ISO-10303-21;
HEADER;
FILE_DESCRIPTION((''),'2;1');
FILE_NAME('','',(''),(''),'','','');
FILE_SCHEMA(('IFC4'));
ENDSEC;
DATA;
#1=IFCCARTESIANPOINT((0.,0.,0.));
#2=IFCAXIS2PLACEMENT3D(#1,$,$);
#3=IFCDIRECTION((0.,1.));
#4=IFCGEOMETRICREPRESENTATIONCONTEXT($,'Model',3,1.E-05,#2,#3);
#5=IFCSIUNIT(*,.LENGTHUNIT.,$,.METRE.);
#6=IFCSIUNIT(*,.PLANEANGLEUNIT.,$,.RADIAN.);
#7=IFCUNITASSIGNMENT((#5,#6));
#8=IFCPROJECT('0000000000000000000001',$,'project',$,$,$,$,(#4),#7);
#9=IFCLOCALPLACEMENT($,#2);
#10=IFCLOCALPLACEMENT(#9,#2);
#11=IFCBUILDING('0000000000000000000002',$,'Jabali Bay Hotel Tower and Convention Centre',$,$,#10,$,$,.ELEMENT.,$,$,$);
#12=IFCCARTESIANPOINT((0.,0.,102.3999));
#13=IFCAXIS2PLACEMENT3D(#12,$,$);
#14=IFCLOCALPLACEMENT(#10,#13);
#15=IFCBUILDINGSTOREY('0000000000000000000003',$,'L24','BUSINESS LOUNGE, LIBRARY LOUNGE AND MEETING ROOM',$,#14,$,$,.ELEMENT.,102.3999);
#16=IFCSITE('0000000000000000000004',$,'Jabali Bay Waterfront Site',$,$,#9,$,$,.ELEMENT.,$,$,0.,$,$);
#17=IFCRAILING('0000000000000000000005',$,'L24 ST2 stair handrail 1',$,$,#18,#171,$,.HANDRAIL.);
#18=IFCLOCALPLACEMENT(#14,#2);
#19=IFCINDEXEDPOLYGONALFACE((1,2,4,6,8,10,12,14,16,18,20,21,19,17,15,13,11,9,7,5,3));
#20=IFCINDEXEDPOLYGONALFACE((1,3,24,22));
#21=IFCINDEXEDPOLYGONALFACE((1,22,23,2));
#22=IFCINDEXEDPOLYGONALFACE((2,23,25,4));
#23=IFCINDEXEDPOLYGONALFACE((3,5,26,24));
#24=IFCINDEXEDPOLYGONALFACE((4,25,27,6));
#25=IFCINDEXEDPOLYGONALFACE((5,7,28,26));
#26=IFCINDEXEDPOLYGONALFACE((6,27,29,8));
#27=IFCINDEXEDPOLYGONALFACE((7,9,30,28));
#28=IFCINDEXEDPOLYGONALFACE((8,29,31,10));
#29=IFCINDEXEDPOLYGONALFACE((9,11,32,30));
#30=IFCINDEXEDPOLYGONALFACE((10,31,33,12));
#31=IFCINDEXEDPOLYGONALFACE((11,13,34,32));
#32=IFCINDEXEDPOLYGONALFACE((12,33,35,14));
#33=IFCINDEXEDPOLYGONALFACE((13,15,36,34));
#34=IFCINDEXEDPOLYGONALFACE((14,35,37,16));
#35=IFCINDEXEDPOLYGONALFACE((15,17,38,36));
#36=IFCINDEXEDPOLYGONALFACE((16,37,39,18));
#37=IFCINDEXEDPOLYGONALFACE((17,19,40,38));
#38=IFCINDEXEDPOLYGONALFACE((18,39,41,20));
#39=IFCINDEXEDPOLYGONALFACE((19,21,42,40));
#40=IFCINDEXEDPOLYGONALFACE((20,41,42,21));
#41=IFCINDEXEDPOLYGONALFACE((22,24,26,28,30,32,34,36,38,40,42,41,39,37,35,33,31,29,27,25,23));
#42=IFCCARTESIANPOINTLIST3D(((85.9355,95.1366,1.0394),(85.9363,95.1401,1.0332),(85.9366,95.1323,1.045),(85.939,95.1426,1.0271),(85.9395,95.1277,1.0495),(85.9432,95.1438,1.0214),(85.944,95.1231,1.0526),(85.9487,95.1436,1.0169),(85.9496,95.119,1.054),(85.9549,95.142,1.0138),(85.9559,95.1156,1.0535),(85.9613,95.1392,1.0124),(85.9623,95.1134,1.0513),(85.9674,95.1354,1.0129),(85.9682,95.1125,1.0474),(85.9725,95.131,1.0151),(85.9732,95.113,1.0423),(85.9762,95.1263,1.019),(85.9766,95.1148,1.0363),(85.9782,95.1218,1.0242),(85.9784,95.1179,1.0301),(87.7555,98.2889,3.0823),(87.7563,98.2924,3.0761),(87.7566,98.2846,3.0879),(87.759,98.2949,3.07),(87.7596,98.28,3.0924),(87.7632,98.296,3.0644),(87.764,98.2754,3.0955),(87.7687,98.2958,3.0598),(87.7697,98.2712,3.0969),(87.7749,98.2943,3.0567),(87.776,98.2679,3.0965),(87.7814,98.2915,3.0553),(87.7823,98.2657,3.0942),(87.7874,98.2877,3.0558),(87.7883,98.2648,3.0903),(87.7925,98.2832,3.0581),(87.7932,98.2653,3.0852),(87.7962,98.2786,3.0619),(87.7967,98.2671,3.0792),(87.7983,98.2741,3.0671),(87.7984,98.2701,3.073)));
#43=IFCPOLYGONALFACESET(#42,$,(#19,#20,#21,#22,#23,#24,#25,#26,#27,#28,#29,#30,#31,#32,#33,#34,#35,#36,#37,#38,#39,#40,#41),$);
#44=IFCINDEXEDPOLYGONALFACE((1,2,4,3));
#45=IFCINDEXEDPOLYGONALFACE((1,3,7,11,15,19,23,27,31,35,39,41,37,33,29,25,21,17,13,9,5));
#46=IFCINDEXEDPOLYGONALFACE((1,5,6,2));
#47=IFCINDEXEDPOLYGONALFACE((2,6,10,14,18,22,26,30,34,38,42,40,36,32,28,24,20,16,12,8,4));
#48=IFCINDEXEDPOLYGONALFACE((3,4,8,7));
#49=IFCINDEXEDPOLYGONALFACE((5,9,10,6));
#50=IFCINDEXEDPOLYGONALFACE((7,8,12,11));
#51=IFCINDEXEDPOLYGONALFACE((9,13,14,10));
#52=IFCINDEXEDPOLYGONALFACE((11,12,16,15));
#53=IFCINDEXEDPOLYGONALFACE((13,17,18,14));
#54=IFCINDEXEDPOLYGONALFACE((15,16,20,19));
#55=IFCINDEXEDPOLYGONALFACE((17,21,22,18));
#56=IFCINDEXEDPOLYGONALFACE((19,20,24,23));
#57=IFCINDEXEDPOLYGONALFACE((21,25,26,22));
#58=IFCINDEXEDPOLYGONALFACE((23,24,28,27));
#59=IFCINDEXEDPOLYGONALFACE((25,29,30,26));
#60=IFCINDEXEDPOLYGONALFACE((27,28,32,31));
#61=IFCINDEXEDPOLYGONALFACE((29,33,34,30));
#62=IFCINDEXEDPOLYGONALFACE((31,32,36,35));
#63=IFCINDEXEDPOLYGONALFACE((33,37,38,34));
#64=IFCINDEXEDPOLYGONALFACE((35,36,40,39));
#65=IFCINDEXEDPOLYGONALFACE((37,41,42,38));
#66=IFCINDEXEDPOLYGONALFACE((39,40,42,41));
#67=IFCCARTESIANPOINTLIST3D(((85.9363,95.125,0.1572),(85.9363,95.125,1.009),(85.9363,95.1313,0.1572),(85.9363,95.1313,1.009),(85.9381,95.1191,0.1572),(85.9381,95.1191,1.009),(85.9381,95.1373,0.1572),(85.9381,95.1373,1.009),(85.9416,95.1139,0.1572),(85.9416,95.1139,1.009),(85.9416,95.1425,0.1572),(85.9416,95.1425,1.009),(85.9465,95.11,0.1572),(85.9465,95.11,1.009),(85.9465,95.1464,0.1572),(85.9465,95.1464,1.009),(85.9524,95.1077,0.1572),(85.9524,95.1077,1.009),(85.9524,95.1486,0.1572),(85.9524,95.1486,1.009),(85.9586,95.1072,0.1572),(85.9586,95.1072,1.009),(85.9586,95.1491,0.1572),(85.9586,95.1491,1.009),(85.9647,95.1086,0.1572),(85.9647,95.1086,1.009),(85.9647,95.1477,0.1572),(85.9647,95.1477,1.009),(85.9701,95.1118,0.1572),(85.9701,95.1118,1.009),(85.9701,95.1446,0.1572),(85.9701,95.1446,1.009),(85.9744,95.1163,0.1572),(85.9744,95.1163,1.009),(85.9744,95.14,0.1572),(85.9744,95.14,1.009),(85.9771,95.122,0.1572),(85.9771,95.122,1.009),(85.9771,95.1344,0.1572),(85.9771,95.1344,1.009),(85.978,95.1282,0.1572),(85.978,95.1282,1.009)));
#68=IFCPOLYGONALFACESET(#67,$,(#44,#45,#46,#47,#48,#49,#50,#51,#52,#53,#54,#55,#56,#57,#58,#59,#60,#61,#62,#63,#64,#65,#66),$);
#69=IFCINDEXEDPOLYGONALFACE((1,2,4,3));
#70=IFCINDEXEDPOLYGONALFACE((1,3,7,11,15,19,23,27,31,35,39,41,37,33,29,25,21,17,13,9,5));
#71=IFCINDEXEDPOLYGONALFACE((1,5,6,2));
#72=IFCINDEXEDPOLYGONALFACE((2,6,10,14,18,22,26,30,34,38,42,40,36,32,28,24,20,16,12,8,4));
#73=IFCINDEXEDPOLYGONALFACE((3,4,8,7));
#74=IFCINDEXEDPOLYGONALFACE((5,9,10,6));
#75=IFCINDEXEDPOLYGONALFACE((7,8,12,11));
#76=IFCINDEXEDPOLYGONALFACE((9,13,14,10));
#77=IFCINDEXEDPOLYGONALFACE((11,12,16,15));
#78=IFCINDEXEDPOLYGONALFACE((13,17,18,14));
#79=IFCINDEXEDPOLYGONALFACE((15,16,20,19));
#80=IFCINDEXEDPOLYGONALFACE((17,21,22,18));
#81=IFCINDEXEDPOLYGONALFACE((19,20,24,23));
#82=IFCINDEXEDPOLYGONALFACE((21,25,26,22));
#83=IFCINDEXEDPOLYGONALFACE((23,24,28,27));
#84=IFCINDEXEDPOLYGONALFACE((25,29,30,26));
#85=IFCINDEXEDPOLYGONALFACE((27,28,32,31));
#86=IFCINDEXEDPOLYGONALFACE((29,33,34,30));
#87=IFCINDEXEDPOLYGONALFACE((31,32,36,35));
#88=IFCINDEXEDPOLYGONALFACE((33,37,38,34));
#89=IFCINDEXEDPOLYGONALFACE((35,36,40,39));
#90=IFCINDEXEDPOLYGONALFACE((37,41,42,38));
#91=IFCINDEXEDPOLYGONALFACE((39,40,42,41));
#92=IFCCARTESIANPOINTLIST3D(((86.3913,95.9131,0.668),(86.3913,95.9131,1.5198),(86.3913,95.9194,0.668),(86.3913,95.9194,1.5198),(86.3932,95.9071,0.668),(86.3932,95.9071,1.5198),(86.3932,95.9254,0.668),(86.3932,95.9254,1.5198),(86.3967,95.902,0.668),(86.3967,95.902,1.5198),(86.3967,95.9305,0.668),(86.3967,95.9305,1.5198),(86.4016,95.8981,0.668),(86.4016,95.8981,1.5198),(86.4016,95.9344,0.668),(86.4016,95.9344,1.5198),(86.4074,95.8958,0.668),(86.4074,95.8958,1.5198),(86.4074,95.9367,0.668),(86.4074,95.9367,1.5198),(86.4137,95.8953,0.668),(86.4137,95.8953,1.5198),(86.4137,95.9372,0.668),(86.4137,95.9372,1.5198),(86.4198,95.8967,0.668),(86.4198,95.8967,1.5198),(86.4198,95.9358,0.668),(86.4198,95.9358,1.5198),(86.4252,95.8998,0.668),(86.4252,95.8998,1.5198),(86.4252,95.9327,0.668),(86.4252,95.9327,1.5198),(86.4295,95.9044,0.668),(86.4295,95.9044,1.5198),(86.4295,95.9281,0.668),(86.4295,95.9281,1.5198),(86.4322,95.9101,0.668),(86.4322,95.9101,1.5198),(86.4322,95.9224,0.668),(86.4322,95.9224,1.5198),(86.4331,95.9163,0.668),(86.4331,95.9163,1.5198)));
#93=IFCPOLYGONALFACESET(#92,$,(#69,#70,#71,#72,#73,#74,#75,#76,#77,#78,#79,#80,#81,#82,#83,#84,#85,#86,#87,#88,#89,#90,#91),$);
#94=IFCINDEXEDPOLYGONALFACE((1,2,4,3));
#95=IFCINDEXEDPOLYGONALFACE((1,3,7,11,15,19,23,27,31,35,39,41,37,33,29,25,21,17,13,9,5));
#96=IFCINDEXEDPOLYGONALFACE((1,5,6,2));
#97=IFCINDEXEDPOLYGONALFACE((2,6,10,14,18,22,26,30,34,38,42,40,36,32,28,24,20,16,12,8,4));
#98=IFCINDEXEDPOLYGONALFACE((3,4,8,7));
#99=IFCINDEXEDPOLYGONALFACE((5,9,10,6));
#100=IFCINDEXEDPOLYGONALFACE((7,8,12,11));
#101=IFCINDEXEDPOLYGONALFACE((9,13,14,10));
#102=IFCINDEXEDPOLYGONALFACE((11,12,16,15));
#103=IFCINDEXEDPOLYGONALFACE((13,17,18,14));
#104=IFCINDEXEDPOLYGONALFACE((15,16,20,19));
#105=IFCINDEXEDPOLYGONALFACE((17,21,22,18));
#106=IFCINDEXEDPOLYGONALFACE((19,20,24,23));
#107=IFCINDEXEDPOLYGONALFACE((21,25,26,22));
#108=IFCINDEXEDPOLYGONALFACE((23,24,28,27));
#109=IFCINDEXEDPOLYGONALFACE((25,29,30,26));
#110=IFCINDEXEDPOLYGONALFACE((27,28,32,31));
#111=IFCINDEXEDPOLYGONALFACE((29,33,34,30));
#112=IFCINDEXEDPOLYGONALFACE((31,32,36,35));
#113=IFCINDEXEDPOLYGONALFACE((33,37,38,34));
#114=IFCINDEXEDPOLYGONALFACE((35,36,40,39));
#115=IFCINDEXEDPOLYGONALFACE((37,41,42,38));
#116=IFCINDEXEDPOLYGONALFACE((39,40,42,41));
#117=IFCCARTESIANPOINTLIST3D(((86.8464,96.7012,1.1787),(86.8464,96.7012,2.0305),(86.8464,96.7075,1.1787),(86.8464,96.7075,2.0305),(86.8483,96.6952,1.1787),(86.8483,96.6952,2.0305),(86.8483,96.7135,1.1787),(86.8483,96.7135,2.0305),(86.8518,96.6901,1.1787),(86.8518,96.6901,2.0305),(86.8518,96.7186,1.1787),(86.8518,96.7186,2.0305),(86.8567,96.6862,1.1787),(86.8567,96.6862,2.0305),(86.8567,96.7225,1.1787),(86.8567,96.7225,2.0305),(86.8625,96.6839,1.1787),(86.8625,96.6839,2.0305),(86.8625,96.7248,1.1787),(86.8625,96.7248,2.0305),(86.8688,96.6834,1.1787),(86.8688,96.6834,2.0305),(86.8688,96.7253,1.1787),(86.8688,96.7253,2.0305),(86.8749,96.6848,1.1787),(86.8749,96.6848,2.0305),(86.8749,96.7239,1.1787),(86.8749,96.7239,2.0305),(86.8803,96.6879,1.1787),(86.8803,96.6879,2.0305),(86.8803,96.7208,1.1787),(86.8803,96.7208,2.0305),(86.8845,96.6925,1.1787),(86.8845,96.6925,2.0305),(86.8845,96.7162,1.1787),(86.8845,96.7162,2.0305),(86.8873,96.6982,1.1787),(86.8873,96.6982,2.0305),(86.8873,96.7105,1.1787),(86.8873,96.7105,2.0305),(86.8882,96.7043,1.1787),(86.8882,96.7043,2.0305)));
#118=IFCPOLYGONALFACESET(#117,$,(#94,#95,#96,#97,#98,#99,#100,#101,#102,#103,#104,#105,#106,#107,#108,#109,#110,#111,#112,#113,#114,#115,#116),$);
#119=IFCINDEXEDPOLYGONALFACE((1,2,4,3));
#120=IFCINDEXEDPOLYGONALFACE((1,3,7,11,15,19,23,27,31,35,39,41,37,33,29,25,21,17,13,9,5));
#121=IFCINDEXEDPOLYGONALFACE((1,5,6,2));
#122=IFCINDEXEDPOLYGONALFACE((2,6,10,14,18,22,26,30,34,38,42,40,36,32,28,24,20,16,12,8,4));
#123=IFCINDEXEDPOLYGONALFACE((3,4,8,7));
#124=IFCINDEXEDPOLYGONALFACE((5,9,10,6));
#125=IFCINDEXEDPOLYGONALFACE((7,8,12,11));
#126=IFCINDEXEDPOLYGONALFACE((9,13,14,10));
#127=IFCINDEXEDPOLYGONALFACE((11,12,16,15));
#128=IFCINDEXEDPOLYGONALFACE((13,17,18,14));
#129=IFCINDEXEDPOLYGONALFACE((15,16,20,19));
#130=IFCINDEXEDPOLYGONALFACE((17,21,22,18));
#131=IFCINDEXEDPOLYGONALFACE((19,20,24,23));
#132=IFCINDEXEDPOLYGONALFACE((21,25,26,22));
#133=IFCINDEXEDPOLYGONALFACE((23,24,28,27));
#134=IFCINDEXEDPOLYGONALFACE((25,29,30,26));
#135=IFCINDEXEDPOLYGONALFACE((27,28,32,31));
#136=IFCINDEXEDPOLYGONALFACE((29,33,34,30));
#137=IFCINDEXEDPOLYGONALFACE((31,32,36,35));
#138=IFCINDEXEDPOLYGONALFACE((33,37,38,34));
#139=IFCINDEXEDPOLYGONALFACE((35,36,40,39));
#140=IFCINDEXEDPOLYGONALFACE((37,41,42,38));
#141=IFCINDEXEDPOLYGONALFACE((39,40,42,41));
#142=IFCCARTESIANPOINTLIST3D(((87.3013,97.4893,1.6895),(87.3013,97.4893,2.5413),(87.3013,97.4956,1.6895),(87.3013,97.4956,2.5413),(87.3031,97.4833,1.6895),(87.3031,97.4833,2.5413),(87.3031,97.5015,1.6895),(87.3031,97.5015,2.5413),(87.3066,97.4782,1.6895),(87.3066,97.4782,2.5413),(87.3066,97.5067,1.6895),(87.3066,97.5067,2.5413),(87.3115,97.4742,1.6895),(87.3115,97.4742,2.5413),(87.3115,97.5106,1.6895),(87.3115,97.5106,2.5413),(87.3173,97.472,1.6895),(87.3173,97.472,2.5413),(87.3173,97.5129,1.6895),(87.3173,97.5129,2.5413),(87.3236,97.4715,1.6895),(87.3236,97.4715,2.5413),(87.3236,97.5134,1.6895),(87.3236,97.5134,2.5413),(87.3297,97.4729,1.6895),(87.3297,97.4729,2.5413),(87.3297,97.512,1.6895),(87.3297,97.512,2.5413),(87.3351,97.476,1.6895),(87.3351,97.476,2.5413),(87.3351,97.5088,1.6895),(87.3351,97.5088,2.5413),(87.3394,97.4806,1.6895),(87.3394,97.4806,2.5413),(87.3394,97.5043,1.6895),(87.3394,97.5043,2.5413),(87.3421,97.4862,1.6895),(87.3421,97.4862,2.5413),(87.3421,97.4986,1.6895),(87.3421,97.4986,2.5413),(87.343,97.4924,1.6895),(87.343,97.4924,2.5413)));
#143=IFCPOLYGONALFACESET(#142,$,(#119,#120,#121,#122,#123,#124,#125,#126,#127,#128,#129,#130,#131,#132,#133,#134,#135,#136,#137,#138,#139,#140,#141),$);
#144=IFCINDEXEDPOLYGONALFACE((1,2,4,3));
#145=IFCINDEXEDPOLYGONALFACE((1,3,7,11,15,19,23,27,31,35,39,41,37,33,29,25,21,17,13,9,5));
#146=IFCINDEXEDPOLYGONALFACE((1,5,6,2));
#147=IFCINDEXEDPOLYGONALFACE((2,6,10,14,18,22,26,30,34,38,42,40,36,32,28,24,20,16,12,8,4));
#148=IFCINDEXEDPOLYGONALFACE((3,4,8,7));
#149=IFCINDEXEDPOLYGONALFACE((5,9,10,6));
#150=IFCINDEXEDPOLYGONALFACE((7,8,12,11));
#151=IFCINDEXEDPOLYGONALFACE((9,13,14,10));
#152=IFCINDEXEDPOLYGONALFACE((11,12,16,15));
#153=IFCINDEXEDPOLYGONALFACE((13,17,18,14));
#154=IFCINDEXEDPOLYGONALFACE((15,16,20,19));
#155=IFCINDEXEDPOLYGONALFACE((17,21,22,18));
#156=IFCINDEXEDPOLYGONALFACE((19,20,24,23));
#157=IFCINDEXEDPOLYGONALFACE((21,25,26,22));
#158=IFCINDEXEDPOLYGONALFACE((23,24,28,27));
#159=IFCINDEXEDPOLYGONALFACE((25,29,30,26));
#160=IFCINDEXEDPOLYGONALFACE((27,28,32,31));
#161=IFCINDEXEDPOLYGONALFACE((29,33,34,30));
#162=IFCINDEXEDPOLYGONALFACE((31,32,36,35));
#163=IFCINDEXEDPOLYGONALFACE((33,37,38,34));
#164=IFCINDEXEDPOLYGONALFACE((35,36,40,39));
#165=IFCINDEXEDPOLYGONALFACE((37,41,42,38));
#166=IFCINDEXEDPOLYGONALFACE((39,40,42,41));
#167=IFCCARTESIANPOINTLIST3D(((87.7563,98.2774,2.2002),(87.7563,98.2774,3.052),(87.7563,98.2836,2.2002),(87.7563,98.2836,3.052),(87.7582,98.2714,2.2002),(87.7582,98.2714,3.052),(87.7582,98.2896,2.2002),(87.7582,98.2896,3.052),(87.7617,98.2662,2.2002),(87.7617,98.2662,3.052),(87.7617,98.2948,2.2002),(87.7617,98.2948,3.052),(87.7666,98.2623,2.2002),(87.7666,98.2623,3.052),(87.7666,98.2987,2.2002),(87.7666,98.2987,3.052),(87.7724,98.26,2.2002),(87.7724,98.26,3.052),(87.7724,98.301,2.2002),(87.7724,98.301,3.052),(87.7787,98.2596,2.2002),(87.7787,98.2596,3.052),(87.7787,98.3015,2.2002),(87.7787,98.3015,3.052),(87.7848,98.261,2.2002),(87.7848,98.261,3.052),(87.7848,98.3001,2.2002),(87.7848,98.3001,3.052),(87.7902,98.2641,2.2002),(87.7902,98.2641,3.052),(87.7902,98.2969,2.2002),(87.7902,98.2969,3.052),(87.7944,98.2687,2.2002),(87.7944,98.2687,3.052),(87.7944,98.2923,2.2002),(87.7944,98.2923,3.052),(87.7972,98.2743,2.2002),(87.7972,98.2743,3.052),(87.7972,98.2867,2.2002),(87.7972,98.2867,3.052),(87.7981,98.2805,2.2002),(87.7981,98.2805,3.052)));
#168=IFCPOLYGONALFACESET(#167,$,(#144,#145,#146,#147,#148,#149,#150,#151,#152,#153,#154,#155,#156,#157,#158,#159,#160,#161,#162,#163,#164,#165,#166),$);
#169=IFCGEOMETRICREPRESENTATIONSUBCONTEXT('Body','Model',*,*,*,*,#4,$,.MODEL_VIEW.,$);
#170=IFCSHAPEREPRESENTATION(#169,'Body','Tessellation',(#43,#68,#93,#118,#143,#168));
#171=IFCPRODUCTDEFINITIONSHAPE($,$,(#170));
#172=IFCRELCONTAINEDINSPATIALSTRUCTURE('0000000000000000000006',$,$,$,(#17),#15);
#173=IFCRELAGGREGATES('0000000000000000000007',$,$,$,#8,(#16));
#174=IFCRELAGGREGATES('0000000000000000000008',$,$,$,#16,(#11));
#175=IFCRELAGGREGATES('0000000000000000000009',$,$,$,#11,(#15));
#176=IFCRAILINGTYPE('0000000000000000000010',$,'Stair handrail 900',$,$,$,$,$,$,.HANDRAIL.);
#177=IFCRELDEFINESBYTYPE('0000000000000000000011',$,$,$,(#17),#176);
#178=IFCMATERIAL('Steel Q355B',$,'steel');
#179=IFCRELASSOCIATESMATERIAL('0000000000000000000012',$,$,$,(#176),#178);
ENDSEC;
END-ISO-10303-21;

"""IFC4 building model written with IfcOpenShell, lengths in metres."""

from ifc_helpers import new_model, si_unit, direction, frame, origin, origin_2d, place, context, subcontext, project, spatial, circle, extrude, material, type_object, element, save


model = new_model("IFC4")

# Units and contexts
model_context = context("Model", 3, precision=1e-05, world=origin(), true_north=direction((0.0, 1.0)))
body_context = subcontext(model_context, "Body", "Model", "MODEL_VIEW")
ifc_project = project(units=[si_unit("LENGTHUNIT", "METRE"), si_unit("PLANEANGLEUNIT", "RADIAN")], contexts=[model_context])

# Site, building, storey
site_placement = place(None, origin())
site = spatial("IfcSite", under=ifc_project, at=site_placement, Name="Jabali Bay Waterfront Site", CompositionType="ELEMENT", RefElevation=0.0)
building_placement = place(site_placement, origin())
building = spatial("IfcBuilding", under=site, at=building_placement, Name="Jabali Bay Hotel Tower and Convention Centre", CompositionType="ELEMENT")
storey_placement = place(building_placement, frame((0.0, 0.0, 102.3999)))
storey = spatial("IfcBuildingStorey", under=building, at=storey_placement, Name="L24", Description="BUSINESS LOUNGE, LIBRARY LOUNGE AND MEETING ROOM", CompositionType="ELEMENT", Elevation=102.3999)

# Railing
ifc_material_1 = material(Name="Steel Q355B", Category="steel")
railing_type_1 = type_object("IfcRailingType", Name="Stair handrail 900", PredefinedType="HANDRAIL", material=ifc_material_1)
railing_1_placement = place(storey_placement, frame((85.957, 95.1282, 0.1572)))
element("IfcRailing", 1, at=railing_1_placement, inside=storey, type_object=railing_type_1, Name="L24 ST2 stair handrail 1", PredefinedType="HANDRAIL", context=body_context, shape_type="SweptSolid", body=[
    extrude(circle(Radius=0.0239, at=origin_2d()), frame((0.0, 0.0, 0.876), z_axis=(0.436032, 0.755204, 0.489432), x_axis=(-0.866018, 0.500013, 0.0)), (0.0, 0.0, 1.0), 4.1741),
    extrude(circle(Radius=0.021, at=origin_2d()), origin(), (0.0, 0.0, 1.0), 0.8518),
    extrude(circle(Radius=0.021, at=origin_2d()), frame((0.4551, 0.7881, 0.5107)), (0.0, 0.0, 1.0), 0.8518),
    extrude(circle(Radius=0.021, at=origin_2d()), frame((0.9102, 1.5762, 1.0215)), (0.0, 0.0, 1.0), 0.8518),
    extrude(circle(Radius=0.021, at=origin_2d()), frame((1.365, 2.3643, 1.5322)), (0.0, 0.0, 1.0), 0.8518),
    extrude(circle(Radius=0.021, at=origin_2d()), frame((1.8201, 3.1523, 2.043)), (0.0, 0.0, 1.0), 0.8518),
])

save(model, "model.ifc")
